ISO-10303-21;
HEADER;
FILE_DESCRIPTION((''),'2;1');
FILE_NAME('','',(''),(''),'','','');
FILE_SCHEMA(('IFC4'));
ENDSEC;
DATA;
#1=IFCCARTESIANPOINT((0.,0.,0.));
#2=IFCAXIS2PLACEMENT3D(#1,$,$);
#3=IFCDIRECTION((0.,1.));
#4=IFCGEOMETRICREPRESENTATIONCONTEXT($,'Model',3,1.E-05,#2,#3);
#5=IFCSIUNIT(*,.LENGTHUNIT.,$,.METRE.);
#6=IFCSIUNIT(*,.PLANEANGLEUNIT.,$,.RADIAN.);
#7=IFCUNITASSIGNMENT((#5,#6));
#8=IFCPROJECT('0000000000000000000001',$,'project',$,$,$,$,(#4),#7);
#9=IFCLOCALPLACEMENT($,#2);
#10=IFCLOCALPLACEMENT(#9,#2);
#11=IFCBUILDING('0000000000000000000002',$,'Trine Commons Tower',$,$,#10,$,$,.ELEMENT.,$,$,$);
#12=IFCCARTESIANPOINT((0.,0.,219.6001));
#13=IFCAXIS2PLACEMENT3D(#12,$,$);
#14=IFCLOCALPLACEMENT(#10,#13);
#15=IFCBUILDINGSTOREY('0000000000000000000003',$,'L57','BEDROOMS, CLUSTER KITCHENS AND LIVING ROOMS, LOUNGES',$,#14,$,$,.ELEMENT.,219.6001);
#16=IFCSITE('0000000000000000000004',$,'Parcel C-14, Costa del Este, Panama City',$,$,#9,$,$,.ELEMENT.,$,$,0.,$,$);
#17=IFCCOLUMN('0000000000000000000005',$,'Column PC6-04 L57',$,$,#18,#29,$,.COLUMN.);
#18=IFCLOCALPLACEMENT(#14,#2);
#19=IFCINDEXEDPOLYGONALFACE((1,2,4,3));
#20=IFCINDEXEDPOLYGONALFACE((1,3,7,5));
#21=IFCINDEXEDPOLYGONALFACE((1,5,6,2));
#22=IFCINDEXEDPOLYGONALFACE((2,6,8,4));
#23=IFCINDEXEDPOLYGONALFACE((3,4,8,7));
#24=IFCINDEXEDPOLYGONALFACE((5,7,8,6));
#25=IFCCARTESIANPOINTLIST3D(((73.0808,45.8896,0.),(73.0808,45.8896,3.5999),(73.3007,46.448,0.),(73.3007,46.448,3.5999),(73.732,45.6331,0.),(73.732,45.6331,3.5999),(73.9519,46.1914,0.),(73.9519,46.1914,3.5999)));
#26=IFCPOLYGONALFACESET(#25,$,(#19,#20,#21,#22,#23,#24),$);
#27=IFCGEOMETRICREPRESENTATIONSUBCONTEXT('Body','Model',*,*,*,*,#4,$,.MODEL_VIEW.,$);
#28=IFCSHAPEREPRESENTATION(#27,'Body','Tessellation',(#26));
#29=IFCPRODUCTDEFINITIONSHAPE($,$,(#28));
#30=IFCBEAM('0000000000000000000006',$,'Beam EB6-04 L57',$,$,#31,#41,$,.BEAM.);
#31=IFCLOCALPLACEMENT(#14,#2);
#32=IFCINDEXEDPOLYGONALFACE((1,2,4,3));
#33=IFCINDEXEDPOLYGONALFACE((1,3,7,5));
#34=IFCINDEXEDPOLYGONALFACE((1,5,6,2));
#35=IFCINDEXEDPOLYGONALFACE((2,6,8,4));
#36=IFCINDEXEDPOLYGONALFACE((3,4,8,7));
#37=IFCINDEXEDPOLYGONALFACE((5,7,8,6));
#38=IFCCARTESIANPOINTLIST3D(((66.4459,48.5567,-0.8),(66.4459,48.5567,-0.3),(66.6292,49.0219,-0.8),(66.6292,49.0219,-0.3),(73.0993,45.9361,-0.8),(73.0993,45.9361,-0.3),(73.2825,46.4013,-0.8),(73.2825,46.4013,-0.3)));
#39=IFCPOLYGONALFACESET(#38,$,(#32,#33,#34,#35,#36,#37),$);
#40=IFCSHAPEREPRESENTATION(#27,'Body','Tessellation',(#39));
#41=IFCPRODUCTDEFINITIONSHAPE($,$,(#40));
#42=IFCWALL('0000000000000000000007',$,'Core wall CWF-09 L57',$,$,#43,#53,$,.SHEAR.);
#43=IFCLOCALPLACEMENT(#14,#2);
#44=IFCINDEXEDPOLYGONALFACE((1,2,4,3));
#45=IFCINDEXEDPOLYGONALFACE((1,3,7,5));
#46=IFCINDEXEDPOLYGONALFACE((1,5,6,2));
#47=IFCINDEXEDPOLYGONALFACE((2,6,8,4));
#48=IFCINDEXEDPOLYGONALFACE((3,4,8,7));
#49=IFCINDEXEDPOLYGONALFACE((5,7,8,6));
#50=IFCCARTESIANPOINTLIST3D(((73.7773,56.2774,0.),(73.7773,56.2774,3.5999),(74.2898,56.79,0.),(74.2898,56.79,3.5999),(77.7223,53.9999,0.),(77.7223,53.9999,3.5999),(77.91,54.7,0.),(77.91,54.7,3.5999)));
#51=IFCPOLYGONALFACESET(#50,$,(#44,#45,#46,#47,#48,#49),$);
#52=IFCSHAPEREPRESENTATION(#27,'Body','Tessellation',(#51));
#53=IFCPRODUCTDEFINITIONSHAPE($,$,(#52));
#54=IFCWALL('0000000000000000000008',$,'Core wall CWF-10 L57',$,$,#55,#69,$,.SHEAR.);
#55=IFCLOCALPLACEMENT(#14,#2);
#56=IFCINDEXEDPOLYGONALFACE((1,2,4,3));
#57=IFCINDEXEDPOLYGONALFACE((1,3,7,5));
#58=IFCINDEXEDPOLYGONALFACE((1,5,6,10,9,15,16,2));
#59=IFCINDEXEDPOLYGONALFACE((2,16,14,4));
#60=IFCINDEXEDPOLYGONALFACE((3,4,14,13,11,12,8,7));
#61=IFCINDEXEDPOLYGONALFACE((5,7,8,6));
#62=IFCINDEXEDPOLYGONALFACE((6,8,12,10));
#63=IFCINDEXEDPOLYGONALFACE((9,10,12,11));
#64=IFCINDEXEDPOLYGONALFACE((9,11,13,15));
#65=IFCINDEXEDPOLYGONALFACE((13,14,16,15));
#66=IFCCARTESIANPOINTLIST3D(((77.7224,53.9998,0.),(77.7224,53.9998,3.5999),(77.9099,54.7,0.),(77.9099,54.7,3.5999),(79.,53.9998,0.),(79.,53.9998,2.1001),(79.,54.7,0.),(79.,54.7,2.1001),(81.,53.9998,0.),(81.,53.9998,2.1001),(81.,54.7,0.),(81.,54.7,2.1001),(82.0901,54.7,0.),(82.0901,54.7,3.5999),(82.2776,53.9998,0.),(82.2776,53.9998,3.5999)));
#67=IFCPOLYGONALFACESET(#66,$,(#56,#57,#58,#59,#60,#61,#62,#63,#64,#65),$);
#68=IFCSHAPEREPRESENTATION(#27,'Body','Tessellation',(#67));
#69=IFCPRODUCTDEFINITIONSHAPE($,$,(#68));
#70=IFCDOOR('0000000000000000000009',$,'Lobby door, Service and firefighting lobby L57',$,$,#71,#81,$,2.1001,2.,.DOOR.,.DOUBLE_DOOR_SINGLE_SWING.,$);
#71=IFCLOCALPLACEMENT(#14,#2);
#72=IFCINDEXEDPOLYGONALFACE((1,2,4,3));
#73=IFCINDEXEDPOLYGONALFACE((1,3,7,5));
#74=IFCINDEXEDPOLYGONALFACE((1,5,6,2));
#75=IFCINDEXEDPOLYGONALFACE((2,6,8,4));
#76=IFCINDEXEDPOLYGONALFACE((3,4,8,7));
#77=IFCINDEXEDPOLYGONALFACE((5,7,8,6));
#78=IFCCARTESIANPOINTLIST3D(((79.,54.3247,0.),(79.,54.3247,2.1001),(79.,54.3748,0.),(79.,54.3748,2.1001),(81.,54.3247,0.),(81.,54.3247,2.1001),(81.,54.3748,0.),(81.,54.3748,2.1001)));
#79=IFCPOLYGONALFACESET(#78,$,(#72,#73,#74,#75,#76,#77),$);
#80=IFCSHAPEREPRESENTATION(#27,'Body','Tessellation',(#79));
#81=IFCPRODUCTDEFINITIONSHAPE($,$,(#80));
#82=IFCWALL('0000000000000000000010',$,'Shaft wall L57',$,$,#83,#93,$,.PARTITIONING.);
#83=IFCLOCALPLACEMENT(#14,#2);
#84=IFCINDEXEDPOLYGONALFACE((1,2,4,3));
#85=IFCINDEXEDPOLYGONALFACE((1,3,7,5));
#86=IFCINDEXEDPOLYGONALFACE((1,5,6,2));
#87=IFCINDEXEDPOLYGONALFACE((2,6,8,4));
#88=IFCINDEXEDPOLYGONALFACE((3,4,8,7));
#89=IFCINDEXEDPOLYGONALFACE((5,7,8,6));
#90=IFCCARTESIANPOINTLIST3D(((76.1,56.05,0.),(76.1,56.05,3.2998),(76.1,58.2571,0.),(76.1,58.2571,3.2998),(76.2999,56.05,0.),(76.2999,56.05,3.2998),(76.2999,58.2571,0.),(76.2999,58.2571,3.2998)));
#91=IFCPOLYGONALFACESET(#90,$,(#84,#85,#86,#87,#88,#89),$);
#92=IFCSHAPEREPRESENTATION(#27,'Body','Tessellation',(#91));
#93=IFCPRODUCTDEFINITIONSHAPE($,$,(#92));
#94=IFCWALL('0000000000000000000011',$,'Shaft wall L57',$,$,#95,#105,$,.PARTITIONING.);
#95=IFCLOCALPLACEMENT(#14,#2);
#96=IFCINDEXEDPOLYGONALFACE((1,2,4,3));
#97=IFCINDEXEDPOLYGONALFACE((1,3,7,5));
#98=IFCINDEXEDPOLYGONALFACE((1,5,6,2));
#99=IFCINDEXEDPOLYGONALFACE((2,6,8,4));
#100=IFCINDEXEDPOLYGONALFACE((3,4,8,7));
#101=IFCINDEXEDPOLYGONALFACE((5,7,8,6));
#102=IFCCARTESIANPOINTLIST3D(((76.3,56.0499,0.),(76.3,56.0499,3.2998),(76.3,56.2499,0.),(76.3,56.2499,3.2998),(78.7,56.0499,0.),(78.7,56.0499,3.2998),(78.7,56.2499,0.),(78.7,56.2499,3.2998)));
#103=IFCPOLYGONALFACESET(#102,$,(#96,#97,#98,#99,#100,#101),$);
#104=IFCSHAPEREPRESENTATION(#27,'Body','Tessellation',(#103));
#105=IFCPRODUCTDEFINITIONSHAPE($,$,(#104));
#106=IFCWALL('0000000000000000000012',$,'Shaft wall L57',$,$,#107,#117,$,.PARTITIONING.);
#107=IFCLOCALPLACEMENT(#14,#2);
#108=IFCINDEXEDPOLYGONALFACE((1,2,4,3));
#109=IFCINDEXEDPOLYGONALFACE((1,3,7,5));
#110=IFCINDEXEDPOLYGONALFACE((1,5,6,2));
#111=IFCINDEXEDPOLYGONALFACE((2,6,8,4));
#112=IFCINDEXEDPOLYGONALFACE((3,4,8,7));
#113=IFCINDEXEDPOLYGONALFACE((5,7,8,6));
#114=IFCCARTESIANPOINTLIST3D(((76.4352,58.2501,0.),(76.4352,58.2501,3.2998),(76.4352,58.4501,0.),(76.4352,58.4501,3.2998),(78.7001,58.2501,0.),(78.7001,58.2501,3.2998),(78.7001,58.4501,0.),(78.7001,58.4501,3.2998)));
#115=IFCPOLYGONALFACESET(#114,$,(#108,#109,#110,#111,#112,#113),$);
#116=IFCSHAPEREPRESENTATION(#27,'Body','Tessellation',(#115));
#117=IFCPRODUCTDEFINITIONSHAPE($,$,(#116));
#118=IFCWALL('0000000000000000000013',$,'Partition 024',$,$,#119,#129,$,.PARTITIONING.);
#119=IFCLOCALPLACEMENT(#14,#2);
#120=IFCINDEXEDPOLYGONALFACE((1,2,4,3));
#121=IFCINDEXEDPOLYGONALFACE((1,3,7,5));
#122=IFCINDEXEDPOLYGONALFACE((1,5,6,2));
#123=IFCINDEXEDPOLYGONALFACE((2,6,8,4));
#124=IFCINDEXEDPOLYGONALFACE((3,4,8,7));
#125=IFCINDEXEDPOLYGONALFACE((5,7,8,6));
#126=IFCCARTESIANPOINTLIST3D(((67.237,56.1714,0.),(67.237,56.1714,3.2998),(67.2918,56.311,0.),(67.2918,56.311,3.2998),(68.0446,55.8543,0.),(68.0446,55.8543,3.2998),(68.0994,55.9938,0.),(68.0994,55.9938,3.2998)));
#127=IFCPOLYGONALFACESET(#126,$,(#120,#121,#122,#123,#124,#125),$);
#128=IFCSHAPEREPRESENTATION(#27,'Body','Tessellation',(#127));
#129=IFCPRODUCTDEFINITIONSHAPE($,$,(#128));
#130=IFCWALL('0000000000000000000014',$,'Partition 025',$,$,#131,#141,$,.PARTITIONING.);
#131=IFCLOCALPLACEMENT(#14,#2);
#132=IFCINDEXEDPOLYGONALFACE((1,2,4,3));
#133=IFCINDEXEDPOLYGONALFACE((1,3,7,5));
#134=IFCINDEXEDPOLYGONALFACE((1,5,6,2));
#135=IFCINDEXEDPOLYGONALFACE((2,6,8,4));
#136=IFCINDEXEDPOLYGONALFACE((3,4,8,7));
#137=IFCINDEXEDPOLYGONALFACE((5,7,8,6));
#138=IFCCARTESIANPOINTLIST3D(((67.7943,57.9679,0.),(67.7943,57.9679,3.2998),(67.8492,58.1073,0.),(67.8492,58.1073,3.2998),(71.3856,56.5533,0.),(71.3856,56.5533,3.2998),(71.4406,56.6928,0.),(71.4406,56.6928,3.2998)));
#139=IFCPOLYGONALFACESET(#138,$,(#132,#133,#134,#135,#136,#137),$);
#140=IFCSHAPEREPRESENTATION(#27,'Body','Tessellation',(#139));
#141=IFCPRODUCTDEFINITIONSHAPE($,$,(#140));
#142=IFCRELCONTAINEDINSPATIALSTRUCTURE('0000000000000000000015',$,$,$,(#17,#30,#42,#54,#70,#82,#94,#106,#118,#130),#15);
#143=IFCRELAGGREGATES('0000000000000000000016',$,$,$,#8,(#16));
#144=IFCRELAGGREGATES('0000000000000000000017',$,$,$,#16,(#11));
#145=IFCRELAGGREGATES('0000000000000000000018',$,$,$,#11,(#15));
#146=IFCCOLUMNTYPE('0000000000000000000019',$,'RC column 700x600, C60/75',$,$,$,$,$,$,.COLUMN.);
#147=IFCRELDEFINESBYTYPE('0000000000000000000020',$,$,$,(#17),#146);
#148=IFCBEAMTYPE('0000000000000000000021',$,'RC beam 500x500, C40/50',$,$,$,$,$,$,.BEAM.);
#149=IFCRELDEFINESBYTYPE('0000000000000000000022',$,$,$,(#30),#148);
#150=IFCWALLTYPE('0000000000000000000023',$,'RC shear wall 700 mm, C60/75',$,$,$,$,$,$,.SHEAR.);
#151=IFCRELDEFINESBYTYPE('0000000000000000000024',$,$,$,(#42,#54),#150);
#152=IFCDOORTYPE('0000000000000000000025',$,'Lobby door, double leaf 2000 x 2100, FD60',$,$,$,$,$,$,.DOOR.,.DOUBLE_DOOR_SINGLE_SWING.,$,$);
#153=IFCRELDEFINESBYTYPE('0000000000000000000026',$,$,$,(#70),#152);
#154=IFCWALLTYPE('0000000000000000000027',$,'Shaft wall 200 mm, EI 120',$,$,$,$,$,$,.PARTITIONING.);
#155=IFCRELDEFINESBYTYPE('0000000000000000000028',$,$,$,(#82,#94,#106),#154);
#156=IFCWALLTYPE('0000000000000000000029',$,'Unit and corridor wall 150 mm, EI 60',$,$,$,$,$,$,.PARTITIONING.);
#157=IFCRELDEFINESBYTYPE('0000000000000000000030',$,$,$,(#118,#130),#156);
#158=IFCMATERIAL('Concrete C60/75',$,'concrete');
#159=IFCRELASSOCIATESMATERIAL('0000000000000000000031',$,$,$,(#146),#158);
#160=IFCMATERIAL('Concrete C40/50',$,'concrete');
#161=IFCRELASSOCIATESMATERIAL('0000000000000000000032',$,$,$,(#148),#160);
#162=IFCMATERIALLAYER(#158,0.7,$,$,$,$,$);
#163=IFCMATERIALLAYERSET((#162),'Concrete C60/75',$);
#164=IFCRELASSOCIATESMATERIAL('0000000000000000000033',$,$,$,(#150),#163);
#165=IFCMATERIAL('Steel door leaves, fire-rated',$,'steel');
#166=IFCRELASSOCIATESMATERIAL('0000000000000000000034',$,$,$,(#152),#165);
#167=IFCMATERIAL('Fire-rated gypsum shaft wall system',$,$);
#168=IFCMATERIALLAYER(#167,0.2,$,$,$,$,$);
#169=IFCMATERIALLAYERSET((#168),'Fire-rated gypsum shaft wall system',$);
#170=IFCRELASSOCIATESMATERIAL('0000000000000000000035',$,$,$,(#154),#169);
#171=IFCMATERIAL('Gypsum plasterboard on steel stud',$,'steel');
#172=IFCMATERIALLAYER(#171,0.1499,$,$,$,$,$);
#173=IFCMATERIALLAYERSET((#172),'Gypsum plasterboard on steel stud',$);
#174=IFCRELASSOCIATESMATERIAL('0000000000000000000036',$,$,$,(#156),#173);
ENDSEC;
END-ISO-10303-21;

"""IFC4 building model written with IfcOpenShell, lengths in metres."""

from ifc_helpers import new_model, si_unit, direction, frame, frame_2d, origin, origin_2d, place, context, subcontext, project, spatial, polyline, rectangle, outline, extrude, material, layer, layer_set, material_profile, profile_set, type_object, element, fill, save


model = new_model("IFC4")

# Units and contexts
model_context = context("Model", 3, precision=1e-05, world=origin(), true_north=direction((0.0, 1.0)))
body_context = subcontext(model_context, "Body", "Model", "MODEL_VIEW")
ifc_project = project(units=[si_unit("LENGTHUNIT", "METRE"), si_unit("PLANEANGLEUNIT", "RADIAN")], contexts=[model_context])

# Site, building, storey
site_placement = place(None, origin())
site = spatial("IfcSite", under=ifc_project, at=site_placement, Name="Parcel C-14, Costa del Este, Panama City", CompositionType="ELEMENT", RefElevation=0.0)
building_placement = place(site_placement, origin())
building = spatial("IfcBuilding", under=site, at=building_placement, Name="Trine Commons Tower", CompositionType="ELEMENT")
storey_placement = place(building_placement, frame((0.0, 0.0, 219.6001)))
storey = spatial("IfcBuildingStorey", under=building, at=storey_placement, Name="L57", Description="BEDROOMS, CLUSTER KITCHENS AND LIVING ROOMS, LOUNGES", CompositionType="ELEMENT", Elevation=219.6001)

# Column
ifc_material_1 = material(Name="Concrete C60/75", Category="concrete")
ifc_material_profile_1 = material_profile(ifc_material_1, rectangle(XDim=0.7, YDim=0.6001, at=origin_2d()), Name="RC 700x600")
ifc_profile_set_1 = profile_set([ifc_material_profile_1], Name="Concrete C60/75")
column_type = type_object("IfcColumnType", Name="RC column 700x600, C60/75", PredefinedType="COLUMN", material=ifc_profile_set_1)
column_placement = place(storey_placement, frame((73.5164, 46.0405, 0.0), z_axis=(0.0, 0.0, 1.0), x_axis=(-0.930418, 0.366501, 0.0)))
element("IfcColumn", 1, at=column_placement, inside=storey, type_object=column_type, Name="Column PC6-04 L57", PredefinedType="COLUMN", context=body_context, shape_type="SweptSolid", body=[
    extrude(rectangle(XDim=0.7, YDim=0.6001, at=origin_2d()), origin(), (0.0, 0.0, 1.0), 3.5999),
])

# Beam
ifc_material_2 = material(Name="Concrete C40/50", Category="concrete")
ifc_material_profile_2 = material_profile(ifc_material_2, rectangle(XDim=0.5, YDim=0.5, at=origin_2d()), Name="RC 500x500")
ifc_profile_set_2 = profile_set([ifc_material_profile_2], Name="Concrete C40/50")
beam_type = type_object("IfcBeamType", Name="RC beam 500x500, C40/50", PredefinedType="BEAM", material=ifc_profile_set_2)
beam_placement = place(storey_placement, frame((73.1909, 46.1687, -0.55), z_axis=(-0.930427, 0.366476, 0.0), x_axis=(-0.366476, -0.930427, 0.0)))
element("IfcBeam", 2, at=beam_placement, inside=storey, type_object=beam_type, Name="Beam EB6-04 L57", PredefinedType="BEAM", context=body_context, shape_type="SweptSolid", body=[
    extrude(rectangle(XDim=0.5, YDim=0.5, at=origin_2d()), origin(), (0.0, 0.0, 1.0), 7.1509),
])

# Wall
ifc_layer_1 = layer(ifc_material_1, 0.7)
ifc_layer_set_1 = layer_set([ifc_layer_1], Name="Concrete C60/75")
wall_type_1 = type_object("IfcWallType", Name="RC shear wall 700 mm, C60/75", PredefinedType="SHEAR", material=ifc_layer_set_1)
wall_1_placement = place(storey_placement, frame((73.9524, 56.5806, 0.0), z_axis=(0.0, 0.0, 1.0), x_axis=(0.866035, -0.499984, 0.0)))
element("IfcWall", 3, at=wall_1_placement, inside=storey, type_object=wall_type_1, Name="Core wall CWF-09 L57", PredefinedType="SHEAR", context=body_context, shape_type="SweptSolid", body=[
    extrude(outline(polyline([(0.0, -0.3501), (4.5552, -0.3501), (4.3677, 0.3501), (0.1875, 0.3501), (0.0, -0.3501)])), origin(), (0.0, 0.0, 1.0), 3.5999),
])

# Wall, opening, door
wall_2_placement = place(storey_placement, frame((77.7224, 54.3499, 0.0), z_axis=(0.0, 0.0, 1.0), x_axis=(1.0, 0.0, 0.0)))
wall_2 = element("IfcWall", 4, at=wall_2_placement, inside=storey, type_object=wall_type_1, Name="Core wall CWF-10 L57", PredefinedType="SHEAR", context=body_context, shape_type="SweptSolid", body=[
    extrude(outline(polyline([(0.0, -0.3501), (4.5552, -0.3501), (4.3677, 0.3501), (0.1875, 0.3501), (0.0, -0.3501)])), origin(), (0.0, 0.0, 1.0), 3.5999),
])
opening_1_placement = place(wall_2_placement, frame((1.2776, 0.0, 0.0)))
opening_1 = element("IfcOpeningElement", 5, at=opening_1_placement, cuts=wall_2, PredefinedType="OPENING", context=body_context, shape_type="SweptSolid", body=[
    extrude(rectangle(XDim=2.0, YDim=2.1001, at=frame_2d((1.0, 1.05))), frame((0.0, 0.3599, 0.0), z_axis=(0.0, -1.0, 0.0), x_axis=(1.0, 0.0, 0.0)), (0.0, 0.0, 1.0), 0.72),
])
ifc_material_3 = material(Name="Steel door leaves, fire-rated", Category="steel")
door_type_1 = type_object("IfcDoorType", Name="Lobby door, double leaf 2000 x 2100, FD60", OperationType="DOUBLE_DOOR_SINGLE_SWING", PredefinedType="DOOR", material=ifc_material_3)
door_1_placement = place(opening_1_placement, origin())
door_1 = element("IfcDoor", 6, at=door_1_placement, inside=storey, type_object=door_type_1, Name="Lobby door, Service and firefighting lobby L57", OperationType="DOUBLE_DOOR_SINGLE_SWING", OverallHeight=2.1001, OverallWidth=2.0, PredefinedType="DOOR", context=body_context, shape_type="SweptSolid", body=[
    extrude(rectangle(XDim=2.0, YDim=2.1001, at=frame_2d((1.0, 1.05))), frame((0.0, 0.0249, 0.0), z_axis=(0.0, -1.0, 0.0), x_axis=(1.0, 0.0, 0.0)), (0.0, 0.0, 1.0), 0.05),
])
fill(opening_1, door_1)

# Walls
ifc_material_4 = material(Name="Fire-rated gypsum shaft wall system")
ifc_layer_2 = layer(ifc_material_4, 0.2)
ifc_layer_set_2 = layer_set([ifc_layer_2], Name="Fire-rated gypsum shaft wall system")
wall_type_2 = type_object("IfcWallType", Name="Shaft wall 200 mm, EI 120", PredefinedType="PARTITIONING", material=ifc_layer_set_2)
wall_3_placement = place(storey_placement, frame((76.2, 58.2571, 0.0), z_axis=(0.0, 0.0, 1.0), x_axis=(0.0, -1.0, 0.0)))
element("IfcWall", 7, at=wall_3_placement, inside=storey, type_object=wall_type_2, Name="Shaft wall L57", PredefinedType="PARTITIONING", context=body_context, shape_type="SweptSolid", body=[
    extrude(rectangle(XDim=2.207, YDim=0.2, at=frame_2d((1.1035, 0.0))), origin(), (0.0, 0.0, 1.0), 3.2998),
])
wall_4_placement = place(storey_placement, frame((78.7, 56.1499, 0.0), z_axis=(0.0, 0.0, 1.0), x_axis=(-1.0, 0.0, 0.0)))
element("IfcWall", 8, at=wall_4_placement, inside=storey, type_object=wall_type_2, Name="Shaft wall L57", PredefinedType="PARTITIONING", context=body_context, shape_type="SweptSolid", body=[
    extrude(rectangle(XDim=2.3999, YDim=0.2, at=frame_2d((1.2, 0.0))), origin(), (0.0, 0.0, 1.0), 3.2998),
])
wall_5_placement = place(storey_placement, frame((78.7, 58.3501, 0.0), z_axis=(0.0, 0.0, 1.0), x_axis=(-1.0, 0.0, 0.0)))
element("IfcWall", 9, at=wall_5_placement, inside=storey, type_object=wall_type_2, Name="Shaft wall L57", PredefinedType="PARTITIONING", context=body_context, shape_type="SweptSolid", body=[
    extrude(rectangle(XDim=2.2649, YDim=0.2, at=frame_2d((1.1323, 0.0))), origin(), (0.0, 0.0, 1.0), 3.2998),
])
ifc_material_5 = material(Name="Gypsum plasterboard on steel stud", Category="steel")
ifc_layer_3 = layer(ifc_material_5, 0.1499)
ifc_layer_set_3 = layer_set([ifc_layer_3], Name="Gypsum plasterboard on steel stud")
wall_type_3 = type_object("IfcWallType", Name="Unit and corridor wall 150 mm, EI 60", PredefinedType="PARTITIONING", material=ifc_layer_set_3)
wall_6_placement = place(storey_placement, frame((67.2644, 56.2412, 0.0), z_axis=(0.0, 0.0, 1.0), x_axis=(0.930806, -0.365513, 0.0)))
element("IfcWall", 10, at=wall_6_placement, inside=storey, type_object=wall_type_3, Name="Partition 024", PredefinedType="PARTITIONING", context=body_context, shape_type="SweptSolid", body=[
    extrude(rectangle(XDim=0.8677, YDim=0.1499, at=frame_2d((0.4338, 0.0))), origin(), (0.0, 0.0, 1.0), 3.2998),
])
wall_7_placement = place(storey_placement, frame((67.8218, 58.0376, 0.0), z_axis=(0.0, 0.0, 1.0), x_axis=(0.930427, -0.366478, 0.0)))
element("IfcWall", 11, at=wall_7_placement, inside=storey, type_object=wall_type_3, Name="Partition 025", PredefinedType="PARTITIONING", context=body_context, shape_type="SweptSolid", body=[
    extrude(rectangle(XDim=3.8599, YDim=0.1499, at=frame_2d((1.9299, 0.0))), origin(), (0.0, 0.0, 1.0), 3.2998),
])

save(model, "model.ifc")
